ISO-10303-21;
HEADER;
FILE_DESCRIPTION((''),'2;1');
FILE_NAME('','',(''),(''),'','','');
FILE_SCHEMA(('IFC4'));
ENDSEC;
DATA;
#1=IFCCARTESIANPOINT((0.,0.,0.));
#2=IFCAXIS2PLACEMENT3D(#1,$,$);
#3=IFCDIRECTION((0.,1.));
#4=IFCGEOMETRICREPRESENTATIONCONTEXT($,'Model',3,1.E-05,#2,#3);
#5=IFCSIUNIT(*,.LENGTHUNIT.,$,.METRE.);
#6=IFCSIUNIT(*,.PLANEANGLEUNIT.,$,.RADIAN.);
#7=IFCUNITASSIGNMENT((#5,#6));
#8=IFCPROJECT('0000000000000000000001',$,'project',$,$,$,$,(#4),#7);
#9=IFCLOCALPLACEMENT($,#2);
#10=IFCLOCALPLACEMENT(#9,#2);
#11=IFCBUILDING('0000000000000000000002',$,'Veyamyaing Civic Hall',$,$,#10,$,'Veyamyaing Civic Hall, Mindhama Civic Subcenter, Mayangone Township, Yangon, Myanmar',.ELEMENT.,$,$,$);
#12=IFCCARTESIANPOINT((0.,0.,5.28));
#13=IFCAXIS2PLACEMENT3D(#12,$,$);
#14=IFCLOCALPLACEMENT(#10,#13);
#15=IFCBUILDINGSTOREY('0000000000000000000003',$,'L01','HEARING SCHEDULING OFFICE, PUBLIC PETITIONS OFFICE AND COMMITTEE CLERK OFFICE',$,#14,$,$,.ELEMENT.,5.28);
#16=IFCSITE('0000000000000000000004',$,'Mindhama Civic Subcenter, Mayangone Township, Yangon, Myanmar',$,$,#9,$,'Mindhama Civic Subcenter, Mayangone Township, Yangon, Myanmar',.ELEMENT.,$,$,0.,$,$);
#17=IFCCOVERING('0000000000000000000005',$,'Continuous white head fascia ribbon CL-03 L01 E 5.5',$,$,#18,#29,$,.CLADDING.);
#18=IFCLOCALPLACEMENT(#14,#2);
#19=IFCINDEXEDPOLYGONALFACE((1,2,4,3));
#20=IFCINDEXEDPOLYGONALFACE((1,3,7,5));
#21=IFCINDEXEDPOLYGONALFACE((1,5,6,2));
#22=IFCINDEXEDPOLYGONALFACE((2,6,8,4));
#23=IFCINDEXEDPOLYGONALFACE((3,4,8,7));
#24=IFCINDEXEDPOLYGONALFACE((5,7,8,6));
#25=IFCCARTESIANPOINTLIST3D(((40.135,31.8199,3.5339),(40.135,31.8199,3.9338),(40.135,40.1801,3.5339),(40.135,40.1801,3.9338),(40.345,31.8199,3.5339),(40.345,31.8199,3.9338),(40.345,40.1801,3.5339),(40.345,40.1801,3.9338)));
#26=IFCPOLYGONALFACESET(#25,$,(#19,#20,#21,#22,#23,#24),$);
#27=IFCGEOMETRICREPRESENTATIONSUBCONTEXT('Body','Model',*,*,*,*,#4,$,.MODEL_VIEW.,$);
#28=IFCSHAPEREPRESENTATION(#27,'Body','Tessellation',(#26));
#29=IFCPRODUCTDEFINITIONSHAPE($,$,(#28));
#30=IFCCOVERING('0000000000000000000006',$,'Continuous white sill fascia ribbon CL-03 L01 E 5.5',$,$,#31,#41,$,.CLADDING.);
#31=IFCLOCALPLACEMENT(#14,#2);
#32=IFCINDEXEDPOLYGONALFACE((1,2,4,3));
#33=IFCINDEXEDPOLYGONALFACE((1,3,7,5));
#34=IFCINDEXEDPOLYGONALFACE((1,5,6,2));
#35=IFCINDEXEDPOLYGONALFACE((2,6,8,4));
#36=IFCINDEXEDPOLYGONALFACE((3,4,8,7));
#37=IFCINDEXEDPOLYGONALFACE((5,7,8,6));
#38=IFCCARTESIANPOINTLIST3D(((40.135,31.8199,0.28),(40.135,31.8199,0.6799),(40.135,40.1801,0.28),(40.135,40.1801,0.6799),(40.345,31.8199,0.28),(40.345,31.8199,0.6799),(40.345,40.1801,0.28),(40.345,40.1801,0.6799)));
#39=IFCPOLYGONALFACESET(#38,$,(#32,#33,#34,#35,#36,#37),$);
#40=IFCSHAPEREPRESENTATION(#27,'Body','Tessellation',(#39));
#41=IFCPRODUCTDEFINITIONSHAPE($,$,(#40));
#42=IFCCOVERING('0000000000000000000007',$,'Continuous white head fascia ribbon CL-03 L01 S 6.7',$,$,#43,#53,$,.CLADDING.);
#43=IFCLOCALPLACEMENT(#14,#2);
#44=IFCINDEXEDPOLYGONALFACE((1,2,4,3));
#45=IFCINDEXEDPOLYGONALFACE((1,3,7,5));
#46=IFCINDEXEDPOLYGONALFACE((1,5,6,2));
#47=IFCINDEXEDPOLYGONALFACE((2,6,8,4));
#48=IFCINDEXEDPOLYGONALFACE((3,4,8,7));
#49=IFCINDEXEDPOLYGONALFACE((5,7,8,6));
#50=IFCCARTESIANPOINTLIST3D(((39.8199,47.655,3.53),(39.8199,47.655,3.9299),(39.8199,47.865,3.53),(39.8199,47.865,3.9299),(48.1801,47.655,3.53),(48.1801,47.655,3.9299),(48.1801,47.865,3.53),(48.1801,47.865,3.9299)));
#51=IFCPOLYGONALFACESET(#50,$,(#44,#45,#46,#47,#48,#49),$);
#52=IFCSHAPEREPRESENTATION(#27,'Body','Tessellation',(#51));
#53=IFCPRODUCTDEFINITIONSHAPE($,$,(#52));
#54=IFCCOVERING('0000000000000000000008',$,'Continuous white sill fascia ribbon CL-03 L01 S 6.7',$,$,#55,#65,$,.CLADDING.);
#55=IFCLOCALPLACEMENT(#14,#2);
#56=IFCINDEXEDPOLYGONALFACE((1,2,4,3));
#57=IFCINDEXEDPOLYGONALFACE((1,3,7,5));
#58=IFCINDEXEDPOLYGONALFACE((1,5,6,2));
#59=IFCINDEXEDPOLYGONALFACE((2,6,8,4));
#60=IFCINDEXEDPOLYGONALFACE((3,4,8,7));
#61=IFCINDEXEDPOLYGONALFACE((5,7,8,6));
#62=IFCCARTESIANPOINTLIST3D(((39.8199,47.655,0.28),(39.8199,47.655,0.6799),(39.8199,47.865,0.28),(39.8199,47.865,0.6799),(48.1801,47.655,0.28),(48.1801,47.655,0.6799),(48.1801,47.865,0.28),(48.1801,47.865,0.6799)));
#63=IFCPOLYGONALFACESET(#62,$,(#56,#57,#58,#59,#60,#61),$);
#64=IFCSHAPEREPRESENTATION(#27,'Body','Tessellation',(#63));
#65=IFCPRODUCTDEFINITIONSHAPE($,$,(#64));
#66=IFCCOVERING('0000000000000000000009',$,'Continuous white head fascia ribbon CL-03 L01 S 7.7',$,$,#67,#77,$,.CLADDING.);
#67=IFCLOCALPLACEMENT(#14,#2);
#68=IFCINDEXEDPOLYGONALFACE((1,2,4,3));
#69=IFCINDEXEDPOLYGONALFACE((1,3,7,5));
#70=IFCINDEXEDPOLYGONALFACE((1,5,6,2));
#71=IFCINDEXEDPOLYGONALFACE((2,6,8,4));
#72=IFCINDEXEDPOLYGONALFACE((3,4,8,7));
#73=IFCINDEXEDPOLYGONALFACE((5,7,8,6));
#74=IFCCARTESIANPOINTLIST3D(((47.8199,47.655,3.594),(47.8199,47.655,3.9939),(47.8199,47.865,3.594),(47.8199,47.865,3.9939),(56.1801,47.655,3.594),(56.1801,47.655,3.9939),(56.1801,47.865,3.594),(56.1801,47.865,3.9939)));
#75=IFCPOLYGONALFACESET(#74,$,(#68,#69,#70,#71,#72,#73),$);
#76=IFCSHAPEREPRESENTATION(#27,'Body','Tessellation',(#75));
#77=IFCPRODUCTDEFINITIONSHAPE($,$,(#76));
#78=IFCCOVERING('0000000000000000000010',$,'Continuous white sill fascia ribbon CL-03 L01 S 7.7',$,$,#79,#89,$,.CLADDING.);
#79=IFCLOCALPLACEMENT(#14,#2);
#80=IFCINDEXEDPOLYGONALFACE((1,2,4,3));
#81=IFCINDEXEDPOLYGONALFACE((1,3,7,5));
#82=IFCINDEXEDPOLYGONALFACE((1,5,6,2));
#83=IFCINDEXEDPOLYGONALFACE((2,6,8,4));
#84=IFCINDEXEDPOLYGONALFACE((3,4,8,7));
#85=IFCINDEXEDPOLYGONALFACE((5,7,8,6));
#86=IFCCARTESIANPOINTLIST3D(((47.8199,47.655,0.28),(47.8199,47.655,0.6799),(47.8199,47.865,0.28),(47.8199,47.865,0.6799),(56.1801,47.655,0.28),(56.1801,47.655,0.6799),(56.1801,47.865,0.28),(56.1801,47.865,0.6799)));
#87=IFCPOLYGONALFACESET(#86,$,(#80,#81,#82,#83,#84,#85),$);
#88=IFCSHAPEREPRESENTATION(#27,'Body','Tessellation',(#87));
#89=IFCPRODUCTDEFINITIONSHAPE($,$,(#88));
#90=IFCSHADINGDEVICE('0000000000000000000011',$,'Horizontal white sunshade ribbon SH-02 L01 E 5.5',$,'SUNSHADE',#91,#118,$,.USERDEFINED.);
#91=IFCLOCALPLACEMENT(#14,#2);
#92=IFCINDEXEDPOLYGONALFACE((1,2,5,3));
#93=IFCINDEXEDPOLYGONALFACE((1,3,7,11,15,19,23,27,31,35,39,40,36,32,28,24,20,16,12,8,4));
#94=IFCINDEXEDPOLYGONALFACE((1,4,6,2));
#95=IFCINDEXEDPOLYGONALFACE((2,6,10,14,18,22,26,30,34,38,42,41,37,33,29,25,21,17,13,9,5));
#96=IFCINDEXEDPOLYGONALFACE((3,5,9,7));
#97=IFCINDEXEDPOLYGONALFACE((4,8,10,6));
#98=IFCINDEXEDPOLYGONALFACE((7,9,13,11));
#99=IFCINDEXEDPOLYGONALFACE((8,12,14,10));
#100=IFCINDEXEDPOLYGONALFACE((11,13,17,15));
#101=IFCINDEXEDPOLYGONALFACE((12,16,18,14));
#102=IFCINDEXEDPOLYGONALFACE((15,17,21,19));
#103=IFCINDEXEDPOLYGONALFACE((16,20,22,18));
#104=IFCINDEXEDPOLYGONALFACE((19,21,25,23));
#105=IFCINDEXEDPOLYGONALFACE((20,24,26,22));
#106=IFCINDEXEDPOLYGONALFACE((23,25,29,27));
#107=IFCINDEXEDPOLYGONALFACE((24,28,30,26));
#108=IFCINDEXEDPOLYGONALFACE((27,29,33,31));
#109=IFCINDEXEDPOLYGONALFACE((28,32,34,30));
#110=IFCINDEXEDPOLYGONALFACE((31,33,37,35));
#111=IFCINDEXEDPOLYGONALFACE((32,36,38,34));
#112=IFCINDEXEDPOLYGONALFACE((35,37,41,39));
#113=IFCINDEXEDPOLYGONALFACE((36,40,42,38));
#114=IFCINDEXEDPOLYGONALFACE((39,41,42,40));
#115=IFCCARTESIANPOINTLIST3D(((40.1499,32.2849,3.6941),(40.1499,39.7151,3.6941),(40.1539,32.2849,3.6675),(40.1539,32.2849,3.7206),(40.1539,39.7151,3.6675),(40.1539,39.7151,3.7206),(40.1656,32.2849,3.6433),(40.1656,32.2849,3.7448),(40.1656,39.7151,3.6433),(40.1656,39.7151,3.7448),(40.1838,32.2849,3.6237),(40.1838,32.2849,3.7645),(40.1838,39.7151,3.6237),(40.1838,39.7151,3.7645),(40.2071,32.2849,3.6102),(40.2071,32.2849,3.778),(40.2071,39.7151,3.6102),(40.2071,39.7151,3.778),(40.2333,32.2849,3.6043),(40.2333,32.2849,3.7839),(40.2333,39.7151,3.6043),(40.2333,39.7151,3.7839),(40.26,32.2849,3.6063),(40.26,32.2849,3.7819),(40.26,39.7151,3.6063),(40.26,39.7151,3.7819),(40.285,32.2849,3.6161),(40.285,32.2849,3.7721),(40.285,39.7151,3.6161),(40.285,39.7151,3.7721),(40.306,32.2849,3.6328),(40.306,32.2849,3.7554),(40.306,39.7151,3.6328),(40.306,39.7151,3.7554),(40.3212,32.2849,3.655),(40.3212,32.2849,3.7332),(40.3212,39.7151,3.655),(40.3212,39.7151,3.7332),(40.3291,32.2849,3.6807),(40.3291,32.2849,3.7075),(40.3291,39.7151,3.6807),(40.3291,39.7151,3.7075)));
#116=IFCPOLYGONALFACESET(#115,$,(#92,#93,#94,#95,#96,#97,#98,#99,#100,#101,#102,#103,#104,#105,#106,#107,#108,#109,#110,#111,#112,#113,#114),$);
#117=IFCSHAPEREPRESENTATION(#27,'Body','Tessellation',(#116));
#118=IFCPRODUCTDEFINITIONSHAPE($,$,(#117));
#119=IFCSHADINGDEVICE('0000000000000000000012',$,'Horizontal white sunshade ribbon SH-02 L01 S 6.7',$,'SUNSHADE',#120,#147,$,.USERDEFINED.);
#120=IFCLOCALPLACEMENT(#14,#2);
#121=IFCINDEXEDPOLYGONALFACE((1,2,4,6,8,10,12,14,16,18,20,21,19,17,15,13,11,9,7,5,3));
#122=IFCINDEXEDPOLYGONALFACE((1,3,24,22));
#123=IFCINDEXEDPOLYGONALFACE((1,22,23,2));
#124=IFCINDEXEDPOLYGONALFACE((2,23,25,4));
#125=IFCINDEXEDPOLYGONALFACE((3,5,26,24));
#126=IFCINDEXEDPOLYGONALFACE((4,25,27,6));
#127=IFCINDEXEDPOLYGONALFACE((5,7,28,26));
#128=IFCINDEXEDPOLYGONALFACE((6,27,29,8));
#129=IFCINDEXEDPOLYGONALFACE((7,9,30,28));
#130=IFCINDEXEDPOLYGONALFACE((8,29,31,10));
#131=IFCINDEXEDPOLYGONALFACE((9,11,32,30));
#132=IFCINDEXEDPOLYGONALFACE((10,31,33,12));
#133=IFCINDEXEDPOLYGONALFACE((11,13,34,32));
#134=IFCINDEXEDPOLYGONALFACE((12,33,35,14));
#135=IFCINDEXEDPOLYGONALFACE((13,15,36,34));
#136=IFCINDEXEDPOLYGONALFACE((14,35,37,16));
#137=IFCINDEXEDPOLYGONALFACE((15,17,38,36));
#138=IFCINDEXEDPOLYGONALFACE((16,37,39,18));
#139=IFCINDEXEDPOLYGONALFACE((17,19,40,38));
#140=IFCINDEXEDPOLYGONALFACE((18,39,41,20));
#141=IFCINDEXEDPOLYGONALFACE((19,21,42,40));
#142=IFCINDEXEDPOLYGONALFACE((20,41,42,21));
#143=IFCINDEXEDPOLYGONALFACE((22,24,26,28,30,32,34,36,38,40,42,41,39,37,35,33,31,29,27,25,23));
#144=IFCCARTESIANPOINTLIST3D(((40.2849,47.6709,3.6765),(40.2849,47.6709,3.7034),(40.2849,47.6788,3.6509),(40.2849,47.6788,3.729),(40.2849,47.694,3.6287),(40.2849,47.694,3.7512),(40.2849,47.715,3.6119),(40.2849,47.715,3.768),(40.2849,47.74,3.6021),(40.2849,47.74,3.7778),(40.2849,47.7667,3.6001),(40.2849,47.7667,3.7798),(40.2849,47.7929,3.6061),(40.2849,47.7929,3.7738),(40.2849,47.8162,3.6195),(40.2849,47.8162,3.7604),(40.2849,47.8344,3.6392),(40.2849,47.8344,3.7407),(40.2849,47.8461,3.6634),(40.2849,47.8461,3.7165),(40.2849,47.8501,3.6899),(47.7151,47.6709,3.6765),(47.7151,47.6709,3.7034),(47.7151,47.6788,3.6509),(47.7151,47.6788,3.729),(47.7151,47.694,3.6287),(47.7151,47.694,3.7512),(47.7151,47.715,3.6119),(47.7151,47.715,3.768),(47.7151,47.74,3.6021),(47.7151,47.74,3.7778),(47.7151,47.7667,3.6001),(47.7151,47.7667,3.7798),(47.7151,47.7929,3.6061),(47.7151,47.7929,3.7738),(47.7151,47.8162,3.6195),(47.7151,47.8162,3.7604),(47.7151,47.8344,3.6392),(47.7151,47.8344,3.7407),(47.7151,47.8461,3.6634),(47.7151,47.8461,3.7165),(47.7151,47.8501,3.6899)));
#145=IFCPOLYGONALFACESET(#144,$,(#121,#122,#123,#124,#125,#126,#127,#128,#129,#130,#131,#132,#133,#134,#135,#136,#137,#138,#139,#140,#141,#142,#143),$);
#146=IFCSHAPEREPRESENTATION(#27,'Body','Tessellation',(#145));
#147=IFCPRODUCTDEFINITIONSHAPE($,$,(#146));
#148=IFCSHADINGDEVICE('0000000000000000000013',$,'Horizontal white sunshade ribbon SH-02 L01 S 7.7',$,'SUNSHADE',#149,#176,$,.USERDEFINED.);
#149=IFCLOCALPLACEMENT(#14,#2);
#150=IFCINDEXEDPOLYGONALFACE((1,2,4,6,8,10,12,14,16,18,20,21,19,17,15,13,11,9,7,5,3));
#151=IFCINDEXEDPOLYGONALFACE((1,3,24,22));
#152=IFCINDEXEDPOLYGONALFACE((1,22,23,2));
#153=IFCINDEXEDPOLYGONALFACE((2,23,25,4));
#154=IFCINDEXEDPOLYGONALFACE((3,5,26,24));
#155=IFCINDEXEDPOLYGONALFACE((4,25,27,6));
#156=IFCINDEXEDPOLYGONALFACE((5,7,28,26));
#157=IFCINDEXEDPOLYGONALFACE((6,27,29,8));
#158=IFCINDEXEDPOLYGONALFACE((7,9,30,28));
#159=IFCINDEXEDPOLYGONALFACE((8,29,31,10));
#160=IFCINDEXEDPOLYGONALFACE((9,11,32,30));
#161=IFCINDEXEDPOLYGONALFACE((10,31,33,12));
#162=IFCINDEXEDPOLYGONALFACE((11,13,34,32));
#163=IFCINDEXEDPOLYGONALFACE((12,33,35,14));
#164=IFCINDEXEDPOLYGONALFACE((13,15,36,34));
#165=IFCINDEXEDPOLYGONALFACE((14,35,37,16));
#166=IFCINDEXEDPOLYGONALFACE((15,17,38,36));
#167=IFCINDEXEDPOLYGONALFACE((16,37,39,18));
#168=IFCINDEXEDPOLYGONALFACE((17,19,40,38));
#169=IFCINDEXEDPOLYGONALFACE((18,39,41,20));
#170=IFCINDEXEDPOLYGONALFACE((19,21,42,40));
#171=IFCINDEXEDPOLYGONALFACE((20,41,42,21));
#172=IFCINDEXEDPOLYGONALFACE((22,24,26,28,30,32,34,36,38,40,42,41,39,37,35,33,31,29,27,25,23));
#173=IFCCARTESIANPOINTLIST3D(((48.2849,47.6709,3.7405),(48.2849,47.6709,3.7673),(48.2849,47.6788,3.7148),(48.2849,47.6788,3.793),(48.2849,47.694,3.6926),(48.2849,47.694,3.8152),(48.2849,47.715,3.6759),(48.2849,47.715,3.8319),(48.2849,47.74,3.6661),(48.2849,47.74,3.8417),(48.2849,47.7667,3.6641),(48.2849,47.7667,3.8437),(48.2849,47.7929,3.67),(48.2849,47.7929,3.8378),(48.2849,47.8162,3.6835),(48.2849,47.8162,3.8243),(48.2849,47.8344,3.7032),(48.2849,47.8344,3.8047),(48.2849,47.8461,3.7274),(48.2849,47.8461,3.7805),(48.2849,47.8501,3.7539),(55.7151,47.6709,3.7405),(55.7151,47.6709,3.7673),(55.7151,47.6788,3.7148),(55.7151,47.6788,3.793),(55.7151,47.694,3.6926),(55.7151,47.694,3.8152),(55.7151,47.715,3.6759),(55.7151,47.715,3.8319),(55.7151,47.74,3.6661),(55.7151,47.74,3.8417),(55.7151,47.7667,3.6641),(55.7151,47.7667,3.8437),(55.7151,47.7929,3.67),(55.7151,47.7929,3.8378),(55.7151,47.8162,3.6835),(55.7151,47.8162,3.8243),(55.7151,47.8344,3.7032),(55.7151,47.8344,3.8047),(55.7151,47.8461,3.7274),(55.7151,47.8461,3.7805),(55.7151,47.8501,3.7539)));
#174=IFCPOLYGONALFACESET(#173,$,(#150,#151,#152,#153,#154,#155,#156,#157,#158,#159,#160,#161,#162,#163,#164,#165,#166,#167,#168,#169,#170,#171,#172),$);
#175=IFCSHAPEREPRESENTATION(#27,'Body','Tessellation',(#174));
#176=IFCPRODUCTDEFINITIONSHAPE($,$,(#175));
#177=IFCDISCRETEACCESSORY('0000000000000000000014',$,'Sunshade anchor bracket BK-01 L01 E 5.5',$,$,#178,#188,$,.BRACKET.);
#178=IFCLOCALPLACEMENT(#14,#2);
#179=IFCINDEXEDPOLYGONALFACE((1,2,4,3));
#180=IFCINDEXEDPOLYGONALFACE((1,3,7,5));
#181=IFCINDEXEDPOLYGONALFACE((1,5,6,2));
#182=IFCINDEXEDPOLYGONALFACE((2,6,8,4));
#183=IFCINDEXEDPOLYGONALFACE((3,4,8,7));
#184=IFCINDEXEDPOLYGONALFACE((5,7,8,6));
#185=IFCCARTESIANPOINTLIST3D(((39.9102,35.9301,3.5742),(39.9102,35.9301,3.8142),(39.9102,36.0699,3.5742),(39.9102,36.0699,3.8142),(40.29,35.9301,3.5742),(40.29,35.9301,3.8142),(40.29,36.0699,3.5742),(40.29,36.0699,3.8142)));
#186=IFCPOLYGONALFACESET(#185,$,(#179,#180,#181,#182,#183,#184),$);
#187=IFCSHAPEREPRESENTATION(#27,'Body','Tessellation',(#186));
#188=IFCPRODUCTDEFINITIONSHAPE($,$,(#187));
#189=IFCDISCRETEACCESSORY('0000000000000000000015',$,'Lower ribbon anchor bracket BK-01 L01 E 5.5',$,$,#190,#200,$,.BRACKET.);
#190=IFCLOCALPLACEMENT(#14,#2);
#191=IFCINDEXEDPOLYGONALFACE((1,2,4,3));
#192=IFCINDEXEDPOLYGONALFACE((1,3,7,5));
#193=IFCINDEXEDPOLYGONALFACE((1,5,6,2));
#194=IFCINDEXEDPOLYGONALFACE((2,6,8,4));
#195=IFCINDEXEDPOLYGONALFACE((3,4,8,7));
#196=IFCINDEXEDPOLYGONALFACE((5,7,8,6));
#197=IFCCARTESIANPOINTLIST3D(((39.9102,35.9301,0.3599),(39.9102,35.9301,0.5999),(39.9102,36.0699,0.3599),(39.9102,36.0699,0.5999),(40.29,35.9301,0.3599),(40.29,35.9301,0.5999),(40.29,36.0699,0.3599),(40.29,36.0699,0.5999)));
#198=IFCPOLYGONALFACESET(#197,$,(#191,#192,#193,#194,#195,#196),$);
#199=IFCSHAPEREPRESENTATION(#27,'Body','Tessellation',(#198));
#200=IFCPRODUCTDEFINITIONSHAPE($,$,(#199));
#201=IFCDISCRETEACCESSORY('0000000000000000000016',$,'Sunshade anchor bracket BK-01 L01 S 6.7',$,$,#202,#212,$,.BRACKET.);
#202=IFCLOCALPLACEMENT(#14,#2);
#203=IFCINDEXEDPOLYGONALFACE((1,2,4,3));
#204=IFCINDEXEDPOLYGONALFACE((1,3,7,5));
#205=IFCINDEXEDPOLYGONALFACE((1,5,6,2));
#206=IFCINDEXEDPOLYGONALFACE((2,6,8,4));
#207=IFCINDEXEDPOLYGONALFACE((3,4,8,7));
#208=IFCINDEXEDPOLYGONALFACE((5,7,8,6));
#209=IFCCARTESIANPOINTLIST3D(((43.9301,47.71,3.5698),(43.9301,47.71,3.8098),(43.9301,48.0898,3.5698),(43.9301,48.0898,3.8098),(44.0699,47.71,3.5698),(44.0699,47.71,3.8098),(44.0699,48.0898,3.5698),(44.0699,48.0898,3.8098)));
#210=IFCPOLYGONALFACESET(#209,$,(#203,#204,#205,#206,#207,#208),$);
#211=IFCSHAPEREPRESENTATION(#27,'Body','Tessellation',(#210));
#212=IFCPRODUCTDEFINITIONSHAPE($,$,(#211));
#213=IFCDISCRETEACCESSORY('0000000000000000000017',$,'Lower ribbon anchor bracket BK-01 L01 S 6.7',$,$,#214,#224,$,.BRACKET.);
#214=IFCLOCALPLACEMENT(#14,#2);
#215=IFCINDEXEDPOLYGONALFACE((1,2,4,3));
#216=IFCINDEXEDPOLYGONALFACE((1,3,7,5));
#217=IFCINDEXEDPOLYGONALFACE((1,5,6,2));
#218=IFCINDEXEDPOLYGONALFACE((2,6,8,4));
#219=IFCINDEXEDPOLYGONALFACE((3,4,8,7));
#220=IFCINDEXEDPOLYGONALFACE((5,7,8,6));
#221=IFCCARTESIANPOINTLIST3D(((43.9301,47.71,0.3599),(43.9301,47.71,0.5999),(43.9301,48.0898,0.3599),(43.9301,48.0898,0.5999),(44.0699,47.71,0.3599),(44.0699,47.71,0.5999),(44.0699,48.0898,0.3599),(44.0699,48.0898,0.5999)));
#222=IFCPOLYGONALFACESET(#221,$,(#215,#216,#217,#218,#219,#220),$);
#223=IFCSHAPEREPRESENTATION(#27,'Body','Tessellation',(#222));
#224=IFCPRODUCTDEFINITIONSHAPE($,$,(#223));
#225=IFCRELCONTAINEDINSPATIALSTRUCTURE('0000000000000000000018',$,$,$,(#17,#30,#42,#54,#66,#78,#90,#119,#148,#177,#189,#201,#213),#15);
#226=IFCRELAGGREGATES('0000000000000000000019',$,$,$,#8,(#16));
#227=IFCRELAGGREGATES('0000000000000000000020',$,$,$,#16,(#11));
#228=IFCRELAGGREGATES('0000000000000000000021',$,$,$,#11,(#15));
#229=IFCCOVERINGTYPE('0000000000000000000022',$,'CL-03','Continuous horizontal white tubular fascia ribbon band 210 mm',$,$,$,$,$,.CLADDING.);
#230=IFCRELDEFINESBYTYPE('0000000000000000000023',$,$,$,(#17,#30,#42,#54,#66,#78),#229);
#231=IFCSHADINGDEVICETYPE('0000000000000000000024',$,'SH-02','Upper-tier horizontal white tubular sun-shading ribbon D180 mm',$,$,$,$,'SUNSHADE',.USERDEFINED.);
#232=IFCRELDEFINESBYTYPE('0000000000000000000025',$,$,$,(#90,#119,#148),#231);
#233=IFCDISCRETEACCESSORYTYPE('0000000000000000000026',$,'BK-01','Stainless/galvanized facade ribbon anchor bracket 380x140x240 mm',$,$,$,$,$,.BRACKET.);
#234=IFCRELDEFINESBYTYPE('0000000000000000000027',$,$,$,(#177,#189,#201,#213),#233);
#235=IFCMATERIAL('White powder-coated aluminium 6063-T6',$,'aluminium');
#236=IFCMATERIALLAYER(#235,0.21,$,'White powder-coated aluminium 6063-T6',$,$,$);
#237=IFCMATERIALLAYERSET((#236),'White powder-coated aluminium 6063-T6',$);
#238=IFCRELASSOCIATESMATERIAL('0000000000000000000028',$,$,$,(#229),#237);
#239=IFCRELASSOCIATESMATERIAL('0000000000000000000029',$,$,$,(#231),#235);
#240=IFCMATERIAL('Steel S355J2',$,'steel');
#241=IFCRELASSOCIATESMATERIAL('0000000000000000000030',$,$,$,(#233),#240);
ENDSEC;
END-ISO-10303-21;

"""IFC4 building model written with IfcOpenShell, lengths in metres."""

from ifc_helpers import new_model, si_unit, direction, frame, origin, origin_2d, place, context, subcontext, project, spatial, rectangle, circle, extrude, material, layer, layer_set, material_profile, profile_set, type_object, element, save


model = new_model("IFC4")

# Units and contexts
model_context = context("Model", 3, precision=1e-05, world=origin(), true_north=direction((0.0, 1.0)))
body_context = subcontext(model_context, "Body", "Model", "MODEL_VIEW")
ifc_project = project(units=[si_unit("LENGTHUNIT", "METRE"), si_unit("PLANEANGLEUNIT", "RADIAN")], contexts=[model_context])

# Site, building, storey
site_placement = place(None, origin())
site = spatial("IfcSite", under=ifc_project, at=site_placement, Name="Mindhama Civic Subcenter, Mayangone Township, Yangon, Myanmar", LongName="Mindhama Civic Subcenter, Mayangone Township, Yangon, Myanmar", CompositionType="ELEMENT", RefElevation=0.0)
building_placement = place(site_placement, origin())
building = spatial("IfcBuilding", under=site, at=building_placement, Name="Veyamyaing Civic Hall", LongName="Veyamyaing Civic Hall, Mindhama Civic Subcenter, Mayangone Township, Yangon, Myanmar", CompositionType="ELEMENT")
storey_placement = place(building_placement, frame((0.0, 0.0, 5.28)))
storey = spatial("IfcBuildingStorey", under=building, at=storey_placement, Name="L01", Description="HEARING SCHEDULING OFFICE, PUBLIC PETITIONS OFFICE AND COMMITTEE CLERK OFFICE", CompositionType="ELEMENT", Elevation=5.28)

# Coverings
ifc_material_1 = material(Name="White powder-coated aluminium 6063-T6", Category="aluminium")
ifc_layer_1 = layer(ifc_material_1, 0.21, Name="White powder-coated aluminium 6063-T6")
ifc_layer_set_1 = layer_set([ifc_layer_1], Name="White powder-coated aluminium 6063-T6")
covering_type_1 = type_object("IfcCoveringType", Name="CL-03", Description="Continuous horizontal white tubular fascia ribbon band 210 mm", PredefinedType="CLADDING", material=ifc_layer_set_1)
for number, where, z_axis, x_axis, name in (
    (1, (40.24, 36.0, 3.5339), (0.0, 0.0, 1.0), (0.0, 1.0, 0.0), "Continuous white head fascia ribbon CL-03 L01 E 5.5"),
    (2, (40.24, 36.0, 0.28), (0.0, 0.0, 1.0), (0.0, 1.0, 0.0), "Continuous white sill fascia ribbon CL-03 L01 E 5.5"),
    (3, (44.0, 47.76, 3.53), (0.0, 0.0, 1.0), (1.0, 0.0, 0.0), "Continuous white head fascia ribbon CL-03 L01 S 6.7"),
    (4, (44.0, 47.76, 0.28), (0.0, 0.0, 1.0), (1.0, 0.0, 0.0), "Continuous white sill fascia ribbon CL-03 L01 S 6.7"),
    (5, (52.0, 47.76, 3.594), (0.0, 0.0, 1.0), (1.0, 0.0, 0.0), "Continuous white head fascia ribbon CL-03 L01 S 7.7"),
    (6, (52.0, 47.76, 0.28), (0.0, 0.0, 1.0), (1.0, 0.0, 0.0), "Continuous white sill fascia ribbon CL-03 L01 S 7.7"),
):
    element("IfcCovering", number, at=place(storey_placement, frame(where, z_axis=z_axis, x_axis=x_axis)), inside=storey, type_object=covering_type_1, Name=name, PredefinedType="CLADDING", context=body_context, shape_type="SweptSolid", body=[
        extrude(rectangle(XDim=8.3601, YDim=0.21, at=origin_2d()), origin(), (0.0, 0.0, 1.0), 0.3999),
    ])

# Shading devices
ifc_material_profile_1 = material_profile(ifc_material_1, circle(Radius=0.0901, at=origin_2d()), Name="SHADE-TUBE-180")
ifc_profile_set_1 = profile_set([ifc_material_profile_1], Name="White powder-coated aluminium 6063-T6")
shading_device_type = type_object("IfcShadingDeviceType", Name="SH-02", Description="Upper-tier horizontal white tubular sun-shading ribbon D180 mm", ElementType="SUNSHADE", PredefinedType="USERDEFINED", material=ifc_profile_set_1)
for number, where, z_axis, x_axis, name in (
    (7, (40.24, 32.2849, 3.6941), (0.0, 1.0, 0.0), (-1.0, 0.0, 0.0), "Horizontal white sunshade ribbon SH-02 L01 E 5.5"),
    (8, (40.2849, 47.76, 3.6899), (1.0, 0.0, 0.0), (0.0, 1.0, 0.0), "Horizontal white sunshade ribbon SH-02 L01 S 6.7"),
    (9, (48.2849, 47.76, 3.7539), (1.0, 0.0, 0.0), (0.0, 1.0, 0.0), "Horizontal white sunshade ribbon SH-02 L01 S 7.7"),
):
    element("IfcShadingDevice", number, at=place(storey_placement, frame(where, z_axis=z_axis, x_axis=x_axis)), inside=storey, type_object=shading_device_type, Name=name, ObjectType="SUNSHADE", PredefinedType="USERDEFINED", context=body_context, shape_type="SweptSolid", body=[
        extrude(circle(Radius=0.0901, at=origin_2d()), origin(), (0.0, 0.0, 1.0), 7.4302),
    ])

# Discrete accessories
ifc_material_2 = material(Name="Steel S355J2", Category="steel")
discrete_accessory_type = type_object("IfcDiscreteAccessoryType", Name="BK-01", Description="Stainless/galvanized facade ribbon anchor bracket 380x140x240 mm", PredefinedType="BRACKET", material=ifc_material_2)
for number, where, z_axis, x_axis, name in (
    (10, (40.1001, 36.0, 3.5742), (0.0, 0.0, 1.0), (1.0, 0.0, 0.0), "Sunshade anchor bracket BK-01 L01 E 5.5"),
    (11, (40.1001, 36.0, 0.3599), (0.0, 0.0, 1.0), (1.0, 0.0, 0.0), "Lower ribbon anchor bracket BK-01 L01 E 5.5"),
    (12, (44.0, 47.8999, 3.5698), (0.0, 0.0, 1.0), (0.0, -1.0, 0.0), "Sunshade anchor bracket BK-01 L01 S 6.7"),
    (13, (44.0, 47.8999, 0.3599), (0.0, 0.0, 1.0), (0.0, -1.0, 0.0), "Lower ribbon anchor bracket BK-01 L01 S 6.7"),
):
    element("IfcDiscreteAccessory", number, at=place(storey_placement, frame(where, z_axis=z_axis, x_axis=x_axis)), inside=storey, type_object=discrete_accessory_type, Name=name, PredefinedType="BRACKET", context=body_context, shape_type="SweptSolid", body=[
        extrude(rectangle(XDim=0.3799, YDim=0.1399, at=origin_2d()), origin(), (0.0, 0.0, 1.0), 0.24),
    ])

save(model, "model.ifc")
